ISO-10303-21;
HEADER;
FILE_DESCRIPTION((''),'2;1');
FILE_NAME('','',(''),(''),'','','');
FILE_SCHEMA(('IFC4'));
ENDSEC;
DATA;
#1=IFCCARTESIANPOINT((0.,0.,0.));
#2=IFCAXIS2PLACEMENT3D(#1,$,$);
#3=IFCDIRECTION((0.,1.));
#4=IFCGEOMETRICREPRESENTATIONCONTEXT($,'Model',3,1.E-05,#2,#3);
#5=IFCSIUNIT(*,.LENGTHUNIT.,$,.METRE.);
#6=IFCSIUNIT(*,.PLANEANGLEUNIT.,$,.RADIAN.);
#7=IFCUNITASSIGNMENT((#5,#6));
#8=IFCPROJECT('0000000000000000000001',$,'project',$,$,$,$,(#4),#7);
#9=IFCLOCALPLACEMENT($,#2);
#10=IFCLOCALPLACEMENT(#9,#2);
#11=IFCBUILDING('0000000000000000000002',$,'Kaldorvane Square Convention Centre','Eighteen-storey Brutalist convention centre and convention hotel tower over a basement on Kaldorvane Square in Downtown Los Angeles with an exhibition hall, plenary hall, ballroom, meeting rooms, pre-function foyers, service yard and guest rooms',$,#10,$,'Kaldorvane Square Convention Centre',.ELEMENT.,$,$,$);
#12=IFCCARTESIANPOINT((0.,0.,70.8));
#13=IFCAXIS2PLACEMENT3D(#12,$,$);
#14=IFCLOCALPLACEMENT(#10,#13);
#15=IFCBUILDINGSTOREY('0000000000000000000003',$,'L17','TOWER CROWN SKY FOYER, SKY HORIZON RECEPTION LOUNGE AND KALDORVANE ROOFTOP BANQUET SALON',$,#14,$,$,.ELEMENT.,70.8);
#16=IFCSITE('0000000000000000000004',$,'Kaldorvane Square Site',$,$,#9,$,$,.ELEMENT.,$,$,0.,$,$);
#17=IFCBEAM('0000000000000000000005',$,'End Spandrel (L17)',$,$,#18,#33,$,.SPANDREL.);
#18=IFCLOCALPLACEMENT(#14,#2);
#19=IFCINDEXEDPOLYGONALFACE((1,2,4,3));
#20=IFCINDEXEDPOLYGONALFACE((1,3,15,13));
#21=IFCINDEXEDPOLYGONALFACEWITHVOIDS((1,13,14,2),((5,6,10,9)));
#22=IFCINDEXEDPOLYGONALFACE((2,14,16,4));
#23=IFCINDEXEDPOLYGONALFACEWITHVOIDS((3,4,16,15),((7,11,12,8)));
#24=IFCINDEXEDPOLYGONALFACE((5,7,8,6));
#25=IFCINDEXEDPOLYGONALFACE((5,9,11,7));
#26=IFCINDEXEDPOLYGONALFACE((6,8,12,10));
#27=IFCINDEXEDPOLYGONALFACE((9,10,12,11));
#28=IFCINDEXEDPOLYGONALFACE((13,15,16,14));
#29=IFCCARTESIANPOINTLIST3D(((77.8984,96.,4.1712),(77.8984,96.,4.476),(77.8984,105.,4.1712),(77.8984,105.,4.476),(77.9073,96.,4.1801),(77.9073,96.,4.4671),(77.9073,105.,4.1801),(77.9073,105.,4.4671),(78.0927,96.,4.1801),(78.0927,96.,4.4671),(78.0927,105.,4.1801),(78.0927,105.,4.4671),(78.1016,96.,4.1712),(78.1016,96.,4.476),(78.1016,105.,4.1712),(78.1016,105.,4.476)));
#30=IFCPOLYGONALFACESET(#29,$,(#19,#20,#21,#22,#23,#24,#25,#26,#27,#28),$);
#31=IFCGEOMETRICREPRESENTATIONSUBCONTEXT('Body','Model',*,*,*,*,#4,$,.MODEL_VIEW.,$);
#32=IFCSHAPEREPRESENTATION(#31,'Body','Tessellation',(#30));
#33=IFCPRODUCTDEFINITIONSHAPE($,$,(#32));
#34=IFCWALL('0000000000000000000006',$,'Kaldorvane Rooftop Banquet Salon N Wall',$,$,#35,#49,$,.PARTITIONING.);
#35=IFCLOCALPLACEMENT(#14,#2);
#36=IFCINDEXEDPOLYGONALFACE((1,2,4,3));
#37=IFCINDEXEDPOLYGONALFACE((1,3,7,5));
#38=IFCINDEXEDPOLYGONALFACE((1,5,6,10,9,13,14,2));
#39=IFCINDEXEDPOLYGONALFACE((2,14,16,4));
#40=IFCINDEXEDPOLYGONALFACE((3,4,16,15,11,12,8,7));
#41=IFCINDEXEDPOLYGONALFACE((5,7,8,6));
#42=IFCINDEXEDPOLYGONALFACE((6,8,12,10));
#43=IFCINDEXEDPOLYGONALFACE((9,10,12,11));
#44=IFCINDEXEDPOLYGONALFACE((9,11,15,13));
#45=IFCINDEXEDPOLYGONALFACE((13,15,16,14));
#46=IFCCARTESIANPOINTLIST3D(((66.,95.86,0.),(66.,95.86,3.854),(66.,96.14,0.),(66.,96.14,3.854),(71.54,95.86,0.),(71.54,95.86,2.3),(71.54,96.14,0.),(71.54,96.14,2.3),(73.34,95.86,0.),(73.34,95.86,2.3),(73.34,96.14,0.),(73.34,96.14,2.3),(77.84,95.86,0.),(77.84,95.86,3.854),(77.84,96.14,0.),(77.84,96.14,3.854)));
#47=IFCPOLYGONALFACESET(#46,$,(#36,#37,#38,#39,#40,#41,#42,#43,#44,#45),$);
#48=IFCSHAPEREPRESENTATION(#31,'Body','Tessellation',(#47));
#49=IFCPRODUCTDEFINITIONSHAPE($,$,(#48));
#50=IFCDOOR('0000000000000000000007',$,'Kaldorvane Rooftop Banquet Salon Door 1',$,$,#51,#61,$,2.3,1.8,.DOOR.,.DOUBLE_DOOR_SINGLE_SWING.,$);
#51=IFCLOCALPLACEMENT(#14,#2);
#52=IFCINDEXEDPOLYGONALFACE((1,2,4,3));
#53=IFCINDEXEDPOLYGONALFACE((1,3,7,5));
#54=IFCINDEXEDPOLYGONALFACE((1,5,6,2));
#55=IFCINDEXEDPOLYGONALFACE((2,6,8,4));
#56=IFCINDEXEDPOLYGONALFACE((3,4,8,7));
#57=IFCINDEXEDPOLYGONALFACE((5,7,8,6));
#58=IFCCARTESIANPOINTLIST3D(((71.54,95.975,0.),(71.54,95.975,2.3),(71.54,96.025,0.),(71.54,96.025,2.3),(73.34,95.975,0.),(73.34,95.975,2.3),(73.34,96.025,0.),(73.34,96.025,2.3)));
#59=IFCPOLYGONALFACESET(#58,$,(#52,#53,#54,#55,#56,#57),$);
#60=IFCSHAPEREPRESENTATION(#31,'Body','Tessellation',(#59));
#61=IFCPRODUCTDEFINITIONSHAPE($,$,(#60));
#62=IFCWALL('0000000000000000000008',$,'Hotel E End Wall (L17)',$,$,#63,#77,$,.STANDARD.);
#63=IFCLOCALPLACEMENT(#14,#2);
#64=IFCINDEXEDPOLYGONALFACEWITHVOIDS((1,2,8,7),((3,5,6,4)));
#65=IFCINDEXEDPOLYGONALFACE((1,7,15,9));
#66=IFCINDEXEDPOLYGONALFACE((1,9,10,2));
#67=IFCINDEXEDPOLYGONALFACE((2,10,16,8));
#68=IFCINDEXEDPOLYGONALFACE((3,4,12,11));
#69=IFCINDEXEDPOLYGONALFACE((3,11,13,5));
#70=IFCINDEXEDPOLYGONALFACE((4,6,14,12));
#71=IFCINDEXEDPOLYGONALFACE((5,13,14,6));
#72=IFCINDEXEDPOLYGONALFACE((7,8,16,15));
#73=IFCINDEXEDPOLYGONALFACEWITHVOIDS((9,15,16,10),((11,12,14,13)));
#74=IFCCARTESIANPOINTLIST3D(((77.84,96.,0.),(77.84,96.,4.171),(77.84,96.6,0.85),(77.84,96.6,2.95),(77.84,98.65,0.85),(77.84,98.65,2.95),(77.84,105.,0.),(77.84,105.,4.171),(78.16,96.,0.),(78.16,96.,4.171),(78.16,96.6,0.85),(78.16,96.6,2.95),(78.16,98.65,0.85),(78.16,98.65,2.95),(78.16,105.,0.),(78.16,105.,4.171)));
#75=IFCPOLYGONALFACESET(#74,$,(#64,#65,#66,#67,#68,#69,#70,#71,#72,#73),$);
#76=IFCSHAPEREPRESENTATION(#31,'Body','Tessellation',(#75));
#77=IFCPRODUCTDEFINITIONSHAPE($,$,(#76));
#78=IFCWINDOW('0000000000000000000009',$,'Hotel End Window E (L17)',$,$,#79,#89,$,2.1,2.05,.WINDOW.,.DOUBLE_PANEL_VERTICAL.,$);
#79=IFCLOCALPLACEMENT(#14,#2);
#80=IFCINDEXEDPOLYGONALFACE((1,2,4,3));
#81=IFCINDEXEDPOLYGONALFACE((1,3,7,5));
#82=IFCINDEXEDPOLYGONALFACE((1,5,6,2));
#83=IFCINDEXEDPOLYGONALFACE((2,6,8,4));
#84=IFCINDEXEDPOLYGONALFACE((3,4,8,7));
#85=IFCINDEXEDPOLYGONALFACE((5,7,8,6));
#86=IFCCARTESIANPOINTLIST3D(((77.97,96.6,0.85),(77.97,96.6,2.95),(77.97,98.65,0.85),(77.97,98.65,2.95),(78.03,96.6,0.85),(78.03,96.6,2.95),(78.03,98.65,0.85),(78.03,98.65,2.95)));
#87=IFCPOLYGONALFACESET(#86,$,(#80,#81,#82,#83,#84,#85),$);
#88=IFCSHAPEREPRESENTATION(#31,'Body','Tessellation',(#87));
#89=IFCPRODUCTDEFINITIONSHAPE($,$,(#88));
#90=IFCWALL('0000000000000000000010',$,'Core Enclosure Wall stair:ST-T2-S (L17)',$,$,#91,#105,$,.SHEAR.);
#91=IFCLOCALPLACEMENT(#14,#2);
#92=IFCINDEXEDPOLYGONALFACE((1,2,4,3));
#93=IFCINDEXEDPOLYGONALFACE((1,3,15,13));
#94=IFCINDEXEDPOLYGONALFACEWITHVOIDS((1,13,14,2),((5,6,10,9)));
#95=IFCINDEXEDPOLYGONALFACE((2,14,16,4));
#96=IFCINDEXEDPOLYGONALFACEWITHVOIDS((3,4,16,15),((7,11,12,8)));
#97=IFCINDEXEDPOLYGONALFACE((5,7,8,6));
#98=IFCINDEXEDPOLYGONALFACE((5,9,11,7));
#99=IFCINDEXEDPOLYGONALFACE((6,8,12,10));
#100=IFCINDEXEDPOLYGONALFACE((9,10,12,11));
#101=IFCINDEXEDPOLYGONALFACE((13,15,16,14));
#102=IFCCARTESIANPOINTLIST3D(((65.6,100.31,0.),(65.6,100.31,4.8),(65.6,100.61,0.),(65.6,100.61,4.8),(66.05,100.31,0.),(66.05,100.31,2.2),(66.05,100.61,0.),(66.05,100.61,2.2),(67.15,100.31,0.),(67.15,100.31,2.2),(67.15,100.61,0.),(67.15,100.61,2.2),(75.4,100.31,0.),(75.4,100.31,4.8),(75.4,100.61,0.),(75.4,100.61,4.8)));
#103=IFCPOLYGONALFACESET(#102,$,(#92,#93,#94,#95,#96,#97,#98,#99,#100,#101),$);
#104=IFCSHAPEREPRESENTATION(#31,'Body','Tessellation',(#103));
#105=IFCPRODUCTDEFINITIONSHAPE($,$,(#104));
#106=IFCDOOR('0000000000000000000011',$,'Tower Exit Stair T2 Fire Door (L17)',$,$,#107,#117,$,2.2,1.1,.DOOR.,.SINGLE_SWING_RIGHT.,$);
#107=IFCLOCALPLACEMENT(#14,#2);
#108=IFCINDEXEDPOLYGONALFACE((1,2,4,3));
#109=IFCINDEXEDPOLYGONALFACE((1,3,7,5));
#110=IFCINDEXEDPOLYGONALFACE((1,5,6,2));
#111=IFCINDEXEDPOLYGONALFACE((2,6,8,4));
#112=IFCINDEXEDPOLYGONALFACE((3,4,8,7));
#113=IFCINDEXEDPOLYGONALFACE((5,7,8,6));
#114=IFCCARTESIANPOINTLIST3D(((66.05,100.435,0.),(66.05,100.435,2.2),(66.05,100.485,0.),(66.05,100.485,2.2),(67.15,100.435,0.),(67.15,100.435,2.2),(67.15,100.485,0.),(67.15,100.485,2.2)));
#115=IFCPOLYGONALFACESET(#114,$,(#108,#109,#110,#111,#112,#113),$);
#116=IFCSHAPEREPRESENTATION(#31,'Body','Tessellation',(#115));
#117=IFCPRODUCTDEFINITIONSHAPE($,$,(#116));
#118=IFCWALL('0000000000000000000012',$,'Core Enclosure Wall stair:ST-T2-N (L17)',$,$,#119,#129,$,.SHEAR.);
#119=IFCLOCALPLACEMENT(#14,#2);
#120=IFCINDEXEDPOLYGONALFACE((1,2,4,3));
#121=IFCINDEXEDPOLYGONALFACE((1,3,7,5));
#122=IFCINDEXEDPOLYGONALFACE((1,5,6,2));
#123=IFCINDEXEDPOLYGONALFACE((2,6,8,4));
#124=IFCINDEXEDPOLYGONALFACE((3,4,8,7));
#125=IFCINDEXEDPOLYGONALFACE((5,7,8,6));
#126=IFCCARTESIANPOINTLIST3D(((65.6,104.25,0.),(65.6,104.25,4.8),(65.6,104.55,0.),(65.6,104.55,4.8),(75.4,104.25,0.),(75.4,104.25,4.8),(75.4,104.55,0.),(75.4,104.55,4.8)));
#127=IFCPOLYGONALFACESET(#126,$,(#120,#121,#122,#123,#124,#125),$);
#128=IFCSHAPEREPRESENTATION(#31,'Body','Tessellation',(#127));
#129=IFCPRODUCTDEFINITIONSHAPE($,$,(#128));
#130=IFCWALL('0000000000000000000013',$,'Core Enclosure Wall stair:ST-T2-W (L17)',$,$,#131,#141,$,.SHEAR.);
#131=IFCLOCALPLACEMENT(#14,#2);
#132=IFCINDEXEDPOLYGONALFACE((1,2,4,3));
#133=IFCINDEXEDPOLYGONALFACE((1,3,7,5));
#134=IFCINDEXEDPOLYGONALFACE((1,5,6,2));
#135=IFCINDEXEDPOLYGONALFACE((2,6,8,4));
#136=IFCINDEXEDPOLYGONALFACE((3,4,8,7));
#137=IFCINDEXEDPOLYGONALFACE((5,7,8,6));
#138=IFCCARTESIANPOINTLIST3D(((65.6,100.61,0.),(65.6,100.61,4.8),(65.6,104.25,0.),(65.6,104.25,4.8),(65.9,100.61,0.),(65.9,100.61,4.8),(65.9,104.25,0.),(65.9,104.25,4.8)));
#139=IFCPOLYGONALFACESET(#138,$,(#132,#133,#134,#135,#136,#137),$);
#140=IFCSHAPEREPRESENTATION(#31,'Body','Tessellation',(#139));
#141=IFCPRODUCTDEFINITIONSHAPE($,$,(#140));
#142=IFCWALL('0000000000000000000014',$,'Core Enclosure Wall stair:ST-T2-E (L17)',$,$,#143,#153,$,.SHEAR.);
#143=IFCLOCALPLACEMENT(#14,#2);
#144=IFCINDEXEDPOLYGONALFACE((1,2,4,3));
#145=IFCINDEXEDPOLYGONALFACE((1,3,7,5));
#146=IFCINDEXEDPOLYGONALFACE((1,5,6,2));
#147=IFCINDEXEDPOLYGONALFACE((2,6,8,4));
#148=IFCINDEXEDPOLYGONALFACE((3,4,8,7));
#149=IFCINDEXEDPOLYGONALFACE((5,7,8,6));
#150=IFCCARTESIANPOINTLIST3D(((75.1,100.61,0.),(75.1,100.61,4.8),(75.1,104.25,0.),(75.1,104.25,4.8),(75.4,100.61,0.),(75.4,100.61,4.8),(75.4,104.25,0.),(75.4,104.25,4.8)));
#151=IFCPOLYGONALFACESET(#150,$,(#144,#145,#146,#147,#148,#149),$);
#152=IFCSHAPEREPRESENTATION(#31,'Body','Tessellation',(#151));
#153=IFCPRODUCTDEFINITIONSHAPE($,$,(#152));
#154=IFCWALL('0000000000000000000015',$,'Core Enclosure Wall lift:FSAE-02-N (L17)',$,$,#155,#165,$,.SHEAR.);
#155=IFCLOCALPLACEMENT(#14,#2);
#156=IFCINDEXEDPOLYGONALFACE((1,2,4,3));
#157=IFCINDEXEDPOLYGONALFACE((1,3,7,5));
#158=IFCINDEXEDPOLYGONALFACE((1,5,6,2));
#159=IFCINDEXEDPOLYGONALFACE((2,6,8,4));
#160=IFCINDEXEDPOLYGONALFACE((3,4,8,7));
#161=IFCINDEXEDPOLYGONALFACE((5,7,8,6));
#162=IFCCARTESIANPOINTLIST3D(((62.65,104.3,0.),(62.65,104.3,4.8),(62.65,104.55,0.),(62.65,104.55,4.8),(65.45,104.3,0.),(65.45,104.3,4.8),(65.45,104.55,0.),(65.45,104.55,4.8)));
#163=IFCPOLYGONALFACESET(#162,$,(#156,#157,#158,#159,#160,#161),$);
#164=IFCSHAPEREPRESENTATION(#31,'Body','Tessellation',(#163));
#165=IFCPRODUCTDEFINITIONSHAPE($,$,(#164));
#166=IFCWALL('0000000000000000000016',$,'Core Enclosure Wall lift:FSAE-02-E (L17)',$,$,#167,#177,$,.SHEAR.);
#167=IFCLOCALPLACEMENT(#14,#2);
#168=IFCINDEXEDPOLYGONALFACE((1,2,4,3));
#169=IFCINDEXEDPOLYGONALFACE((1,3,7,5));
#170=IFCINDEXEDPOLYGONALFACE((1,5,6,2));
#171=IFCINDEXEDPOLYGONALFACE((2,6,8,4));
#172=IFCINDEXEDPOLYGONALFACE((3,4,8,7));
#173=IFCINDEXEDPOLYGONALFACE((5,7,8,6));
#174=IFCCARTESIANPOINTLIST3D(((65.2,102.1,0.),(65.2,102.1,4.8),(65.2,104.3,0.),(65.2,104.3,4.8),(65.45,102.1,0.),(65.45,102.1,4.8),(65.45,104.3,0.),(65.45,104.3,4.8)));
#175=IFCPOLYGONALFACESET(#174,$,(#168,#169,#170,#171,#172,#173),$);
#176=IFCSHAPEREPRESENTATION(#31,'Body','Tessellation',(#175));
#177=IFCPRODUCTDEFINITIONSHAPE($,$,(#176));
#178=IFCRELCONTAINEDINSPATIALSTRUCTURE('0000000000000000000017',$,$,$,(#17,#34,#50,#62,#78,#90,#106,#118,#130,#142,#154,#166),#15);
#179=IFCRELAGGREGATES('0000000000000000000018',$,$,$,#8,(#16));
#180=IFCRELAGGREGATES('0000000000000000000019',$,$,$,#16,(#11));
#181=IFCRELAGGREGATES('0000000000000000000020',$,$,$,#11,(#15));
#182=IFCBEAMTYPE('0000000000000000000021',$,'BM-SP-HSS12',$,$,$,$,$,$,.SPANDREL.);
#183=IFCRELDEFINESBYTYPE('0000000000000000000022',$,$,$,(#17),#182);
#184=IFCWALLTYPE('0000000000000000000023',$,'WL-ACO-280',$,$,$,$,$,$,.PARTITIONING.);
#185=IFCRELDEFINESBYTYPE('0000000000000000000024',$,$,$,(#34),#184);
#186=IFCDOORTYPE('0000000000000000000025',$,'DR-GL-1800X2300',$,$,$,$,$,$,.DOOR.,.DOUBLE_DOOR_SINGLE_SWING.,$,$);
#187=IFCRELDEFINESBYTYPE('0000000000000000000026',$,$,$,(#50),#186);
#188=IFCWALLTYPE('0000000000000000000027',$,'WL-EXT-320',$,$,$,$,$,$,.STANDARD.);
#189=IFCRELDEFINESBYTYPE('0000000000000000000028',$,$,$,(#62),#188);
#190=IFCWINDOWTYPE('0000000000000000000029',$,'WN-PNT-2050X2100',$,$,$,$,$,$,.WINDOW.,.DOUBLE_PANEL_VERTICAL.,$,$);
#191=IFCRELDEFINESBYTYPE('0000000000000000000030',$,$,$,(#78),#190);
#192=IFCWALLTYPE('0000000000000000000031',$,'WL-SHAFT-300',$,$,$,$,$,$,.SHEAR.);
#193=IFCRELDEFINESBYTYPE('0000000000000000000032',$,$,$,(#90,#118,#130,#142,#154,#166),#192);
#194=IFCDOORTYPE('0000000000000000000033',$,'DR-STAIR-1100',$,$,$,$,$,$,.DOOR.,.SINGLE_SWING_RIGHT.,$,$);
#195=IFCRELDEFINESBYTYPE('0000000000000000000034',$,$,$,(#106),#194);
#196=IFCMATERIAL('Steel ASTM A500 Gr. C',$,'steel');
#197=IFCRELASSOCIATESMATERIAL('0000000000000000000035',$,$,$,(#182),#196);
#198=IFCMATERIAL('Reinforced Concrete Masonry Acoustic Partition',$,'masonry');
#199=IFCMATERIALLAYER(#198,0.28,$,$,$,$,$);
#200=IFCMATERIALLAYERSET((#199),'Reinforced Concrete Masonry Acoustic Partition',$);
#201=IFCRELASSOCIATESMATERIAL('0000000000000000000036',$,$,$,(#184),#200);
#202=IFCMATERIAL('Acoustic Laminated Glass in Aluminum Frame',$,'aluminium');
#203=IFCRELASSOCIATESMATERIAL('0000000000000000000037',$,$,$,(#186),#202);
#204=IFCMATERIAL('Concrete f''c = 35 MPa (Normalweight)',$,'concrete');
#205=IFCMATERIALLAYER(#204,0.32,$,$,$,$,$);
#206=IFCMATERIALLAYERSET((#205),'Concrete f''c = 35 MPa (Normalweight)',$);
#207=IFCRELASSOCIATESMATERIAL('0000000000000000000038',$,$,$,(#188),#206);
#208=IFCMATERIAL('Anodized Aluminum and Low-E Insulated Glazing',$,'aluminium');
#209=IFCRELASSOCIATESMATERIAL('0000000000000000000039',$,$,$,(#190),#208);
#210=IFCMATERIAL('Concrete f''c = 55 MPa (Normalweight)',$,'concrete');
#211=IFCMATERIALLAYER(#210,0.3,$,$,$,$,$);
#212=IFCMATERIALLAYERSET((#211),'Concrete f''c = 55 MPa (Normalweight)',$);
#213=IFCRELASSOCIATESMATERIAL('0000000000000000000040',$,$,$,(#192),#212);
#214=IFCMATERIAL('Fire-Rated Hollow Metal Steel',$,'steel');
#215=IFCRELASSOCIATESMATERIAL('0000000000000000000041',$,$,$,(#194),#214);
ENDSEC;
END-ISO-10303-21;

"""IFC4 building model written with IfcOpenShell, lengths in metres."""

from ifc_helpers import new_model, si_unit, direction, frame, frame_2d, origin, origin_2d, place, context, subcontext, project, spatial, rectangle, hollow_rectangle, extrude, material, layer, layer_set, material_profile, profile_set, type_object, element, fill, save


model = new_model("IFC4")

# Units and contexts
model_context = context("Model", 3, precision=1e-05, world=origin(), true_north=direction((0.0, 1.0)))
body_context = subcontext(model_context, "Body", "Model", "MODEL_VIEW")
ifc_project = project(units=[si_unit("LENGTHUNIT", "METRE"), si_unit("PLANEANGLEUNIT", "RADIAN")], contexts=[model_context])

# Site, building, storey
site_placement = place(None, origin())
site = spatial("IfcSite", under=ifc_project, at=site_placement, Name="Kaldorvane Square Site", CompositionType="ELEMENT", RefElevation=0.0)
building_placement = place(site_placement, origin())
building = spatial("IfcBuilding", under=site, at=building_placement, Name="Kaldorvane Square Convention Centre", Description="Eighteen-storey Brutalist convention centre and convention hotel tower over a basement on Kaldorvane Square in Downtown Los Angeles with an exhibition hall, plenary hall, ballroom, meeting rooms, pre-function foyers, service yard and guest rooms", LongName="Kaldorvane Square Convention Centre", CompositionType="ELEMENT")
storey_placement = place(building_placement, frame((0.0, 0.0, 70.8)))
storey = spatial("IfcBuildingStorey", under=building, at=storey_placement, Name="L17", Description="TOWER CROWN SKY FOYER, SKY HORIZON RECEPTION LOUNGE AND KALDORVANE ROOFTOP BANQUET SALON", CompositionType="ELEMENT", Elevation=70.8)

# Beam
ifc_material_1 = material(Name="Steel ASTM A500 Gr. C", Category="steel")
ifc_material_profile_1 = material_profile(ifc_material_1, hollow_rectangle(XDim=0.2032, YDim=0.3048, WallThickness=0.0089, at=origin_2d()), Name="HSS12X8X3/8")
ifc_profile_set_1 = profile_set([ifc_material_profile_1], Name="Steel ASTM A500 Gr. C")
beam_type_1 = type_object("IfcBeamType", Name="BM-SP-HSS12", PredefinedType="SPANDREL", material=ifc_profile_set_1)
beam_1_placement = place(storey_placement, frame((78.0, 96.0, 4.3236), z_axis=(0.0, 1.0, 0.0), x_axis=(-1.0, 0.0, 0.0)))
element("IfcBeam", 1, at=beam_1_placement, inside=storey, type_object=beam_type_1, Name="End Spandrel (L17)", PredefinedType="SPANDREL", context=body_context, shape_type="SweptSolid", body=[
    extrude(hollow_rectangle(XDim=0.2032, YDim=0.3048, WallThickness=0.0089, at=origin_2d()), origin(), (0.0, 0.0, 1.0), 9.0),
])

# Wall, opening, door
ifc_material_2 = material(Name="Reinforced Concrete Masonry Acoustic Partition", Category="masonry")
ifc_layer_1 = layer(ifc_material_2, 0.28)
ifc_layer_set_1 = layer_set([ifc_layer_1], Name="Reinforced Concrete Masonry Acoustic Partition")
wall_type_1 = type_object("IfcWallType", Name="WL-ACO-280", PredefinedType="PARTITIONING", material=ifc_layer_set_1)
wall_1_placement = place(storey_placement, frame((77.84, 96.0, 0.0), z_axis=(0.0, 0.0, 1.0), x_axis=(-1.0, 0.0, 0.0)))
wall_1 = element("IfcWall", 2, at=wall_1_placement, inside=storey, type_object=wall_type_1, Name="Kaldorvane Rooftop Banquet Salon N Wall", PredefinedType="PARTITIONING", context=body_context, shape_type="SweptSolid", body=[
    extrude(rectangle(XDim=11.84, YDim=0.28, at=frame_2d((5.92, 0.0))), origin(), (0.0, 0.0, 1.0), 3.854),
])
opening_1_placement = place(wall_1_placement, frame((4.5, 0.0, 0.0)))
opening_1 = element("IfcOpeningElement", 3, at=opening_1_placement, cuts=wall_1, PredefinedType="OPENING", context=body_context, shape_type="SweptSolid", body=[
    extrude(rectangle(XDim=1.8, YDim=2.3, at=frame_2d((0.9, 1.15))), frame((0.0, 0.155, 0.0), z_axis=(0.0, -1.0, 0.0), x_axis=(1.0, 0.0, 0.0)), (0.0, 0.0, 1.0), 0.31),
])
ifc_material_3 = material(Name="Acoustic Laminated Glass in Aluminum Frame", Category="aluminium")
door_type_1 = type_object("IfcDoorType", Name="DR-GL-1800X2300", OperationType="DOUBLE_DOOR_SINGLE_SWING", PredefinedType="DOOR", material=ifc_material_3)
door_1_placement = place(opening_1_placement, origin())
door_1 = element("IfcDoor", 4, at=door_1_placement, inside=storey, type_object=door_type_1, Name="Kaldorvane Rooftop Banquet Salon Door 1", OperationType="DOUBLE_DOOR_SINGLE_SWING", OverallHeight=2.3, OverallWidth=1.8, PredefinedType="DOOR", context=body_context, shape_type="SweptSolid", body=[
    extrude(rectangle(XDim=1.8, YDim=2.3, at=frame_2d((0.9, 1.15))), frame((0.0, 0.025, 0.0), z_axis=(0.0, -1.0, 0.0), x_axis=(1.0, 0.0, 0.0)), (0.0, 0.0, 1.0), 0.05),
])
fill(opening_1, door_1)

# Wall, opening, window
ifc_material_4 = material(Name="Concrete f'c = 35 MPa (Normalweight)", Category="concrete")
ifc_layer_2 = layer(ifc_material_4, 0.32)
ifc_layer_set_2 = layer_set([ifc_layer_2], Name="Concrete f'c = 35 MPa (Normalweight)")
wall_type_2 = type_object("IfcWallType", Name="WL-EXT-320", PredefinedType="STANDARD", material=ifc_layer_set_2)
wall_2_placement = place(storey_placement, frame((78.0, 96.0, 0.0), z_axis=(0.0, 0.0, 1.0), x_axis=(0.0, 1.0, 0.0)))
wall_2 = element("IfcWall", 5, at=wall_2_placement, inside=storey, type_object=wall_type_2, Name="Hotel E End Wall (L17)", PredefinedType="STANDARD", context=body_context, shape_type="SweptSolid", body=[
    extrude(rectangle(XDim=9.0, YDim=0.32, at=frame_2d((4.5, 0.0))), origin(), (0.0, 0.0, 1.0), 4.171),
])
opening_2_placement = place(wall_2_placement, frame((0.6, 0.0, 0.85)))
opening_2 = element("IfcOpeningElement", 6, at=opening_2_placement, cuts=wall_2, PredefinedType="OPENING", context=body_context, shape_type="SweptSolid", body=[
    extrude(rectangle(XDim=2.05, YDim=2.1, at=frame_2d((1.025, 1.05))), frame((0.0, 0.175, 0.0), z_axis=(0.0, -1.0, 0.0), x_axis=(1.0, 0.0, 0.0)), (0.0, 0.0, 1.0), 0.35),
])
ifc_material_5 = material(Name="Anodized Aluminum and Low-E Insulated Glazing", Category="aluminium")
window_type = type_object("IfcWindowType", Name="WN-PNT-2050X2100", PartitioningType="DOUBLE_PANEL_VERTICAL", PredefinedType="WINDOW", material=ifc_material_5)
window_placement = place(opening_2_placement, origin())
window = element("IfcWindow", 7, at=window_placement, inside=storey, type_object=window_type, Name="Hotel End Window E (L17)", OverallHeight=2.1, OverallWidth=2.05, PartitioningType="DOUBLE_PANEL_VERTICAL", PredefinedType="WINDOW", context=body_context, shape_type="SweptSolid", body=[
    extrude(rectangle(XDim=2.05, YDim=2.1, at=frame_2d((1.025, 1.05))), frame((0.0, 0.03, 0.0), z_axis=(0.0, -1.0, 0.0), x_axis=(1.0, 0.0, 0.0)), (0.0, 0.0, 1.0), 0.06),
])
fill(opening_2, window)

# Wall, opening, door
ifc_material_6 = material(Name="Concrete f'c = 55 MPa (Normalweight)", Category="concrete")
ifc_layer_3 = layer(ifc_material_6, 0.3)
ifc_layer_set_3 = layer_set([ifc_layer_3], Name="Concrete f'c = 55 MPa (Normalweight)")
wall_type_3 = type_object("IfcWallType", Name="WL-SHAFT-300", PredefinedType="SHEAR", material=ifc_layer_set_3)
wall_3_placement = place(storey_placement, frame((65.6, 100.46, 0.0), z_axis=(0.0, 0.0, 1.0), x_axis=(1.0, 0.0, 0.0)))
wall_3 = element("IfcWall", 8, at=wall_3_placement, inside=storey, type_object=wall_type_3, Name="Core Enclosure Wall stair:ST-T2-S (L17)", PredefinedType="SHEAR", context=body_context, shape_type="SweptSolid", body=[
    extrude(rectangle(XDim=9.8, YDim=0.3, at=frame_2d((4.9, 0.0))), origin(), (0.0, 0.0, 1.0), 4.8),
])
opening_3_placement = place(wall_3_placement, frame((0.45, 0.0, 0.0)))
opening_3 = element("IfcOpeningElement", 9, at=opening_3_placement, cuts=wall_3, PredefinedType="OPENING", context=body_context, shape_type="SweptSolid", body=[
    extrude(rectangle(XDim=1.1, YDim=2.2, at=frame_2d((0.55, 1.1))), frame((0.0, 0.165, 0.0), z_axis=(0.0, -1.0, 0.0), x_axis=(1.0, 0.0, 0.0)), (0.0, 0.0, 1.0), 0.33),
])
ifc_material_7 = material(Name="Fire-Rated Hollow Metal Steel", Category="steel")
door_type_2 = type_object("IfcDoorType", Name="DR-STAIR-1100", OperationType="SINGLE_SWING_RIGHT", PredefinedType="DOOR", material=ifc_material_7)
door_2_placement = place(opening_3_placement, origin())
door_2 = element("IfcDoor", 10, at=door_2_placement, inside=storey, type_object=door_type_2, Name="Tower Exit Stair T2 Fire Door (L17)", OperationType="SINGLE_SWING_RIGHT", OverallHeight=2.2, OverallWidth=1.1, PredefinedType="DOOR", context=body_context, shape_type="SweptSolid", body=[
    extrude(rectangle(XDim=1.1, YDim=2.2, at=frame_2d((0.55, 1.1))), frame((0.0, 0.025, 0.0), z_axis=(0.0, -1.0, 0.0), x_axis=(1.0, 0.0, 0.0)), (0.0, 0.0, 1.0), 0.05),
])
fill(opening_3, door_2)

# Walls
wall_4_placement = place(storey_placement, frame((75.4, 104.4, 0.0), z_axis=(0.0, 0.0, 1.0), x_axis=(-1.0, 0.0, 0.0)))
element("IfcWall", 11, at=wall_4_placement, inside=storey, type_object=wall_type_3, Name="Core Enclosure Wall stair:ST-T2-N (L17)", PredefinedType="SHEAR", context=body_context, shape_type="SweptSolid", body=[
    extrude(rectangle(XDim=9.8, YDim=0.3, at=frame_2d((4.9, 0.0))), origin(), (0.0, 0.0, 1.0), 4.8),
])
for number, where, z_axis, x_axis, name in (
    (12, (65.75, 104.25, 0.0), (0.0, 0.0, 1.0), (0.0, -1.0, 0.0), "Core Enclosure Wall stair:ST-T2-W (L17)"),
    (13, (75.25, 100.61, 0.0), (0.0, 0.0, 1.0), (0.0, 1.0, 0.0), "Core Enclosure Wall stair:ST-T2-E (L17)"),
):
    element("IfcWall", number, at=place(storey_placement, frame(where, z_axis=z_axis, x_axis=x_axis)), inside=storey, type_object=wall_type_3, Name=name, PredefinedType="SHEAR", context=body_context, shape_type="SweptSolid", body=[
        extrude(rectangle(XDim=3.64, YDim=0.3, at=frame_2d((1.82, 0.0))), origin(), (0.0, 0.0, 1.0), 4.8),
    ])
wall_5_placement = place(storey_placement, frame((65.45, 104.425, 0.0), z_axis=(0.0, 0.0, 1.0), x_axis=(-1.0, 0.0, 0.0)))
element("IfcWall", 14, at=wall_5_placement, inside=storey, type_object=wall_type_3, Name="Core Enclosure Wall lift:FSAE-02-N (L17)", PredefinedType="SHEAR", context=body_context, shape_type="SweptSolid", body=[
    extrude(rectangle(XDim=2.8, YDim=0.25, at=frame_2d((1.4, 0.0))), origin(), (0.0, 0.0, 1.0), 4.8),
])
wall_6_placement = place(storey_placement, frame((65.325, 102.1, 0.0), z_axis=(0.0, 0.0, 1.0), x_axis=(0.0, 1.0, 0.0)))
element("IfcWall", 15, at=wall_6_placement, inside=storey, type_object=wall_type_3, Name="Core Enclosure Wall lift:FSAE-02-E (L17)", PredefinedType="SHEAR", context=body_context, shape_type="SweptSolid", body=[
    extrude(rectangle(XDim=2.2, YDim=0.25, at=frame_2d((1.1, 0.0))), origin(), (0.0, 0.0, 1.0), 4.8),
])

save(model, "model.ifc")
